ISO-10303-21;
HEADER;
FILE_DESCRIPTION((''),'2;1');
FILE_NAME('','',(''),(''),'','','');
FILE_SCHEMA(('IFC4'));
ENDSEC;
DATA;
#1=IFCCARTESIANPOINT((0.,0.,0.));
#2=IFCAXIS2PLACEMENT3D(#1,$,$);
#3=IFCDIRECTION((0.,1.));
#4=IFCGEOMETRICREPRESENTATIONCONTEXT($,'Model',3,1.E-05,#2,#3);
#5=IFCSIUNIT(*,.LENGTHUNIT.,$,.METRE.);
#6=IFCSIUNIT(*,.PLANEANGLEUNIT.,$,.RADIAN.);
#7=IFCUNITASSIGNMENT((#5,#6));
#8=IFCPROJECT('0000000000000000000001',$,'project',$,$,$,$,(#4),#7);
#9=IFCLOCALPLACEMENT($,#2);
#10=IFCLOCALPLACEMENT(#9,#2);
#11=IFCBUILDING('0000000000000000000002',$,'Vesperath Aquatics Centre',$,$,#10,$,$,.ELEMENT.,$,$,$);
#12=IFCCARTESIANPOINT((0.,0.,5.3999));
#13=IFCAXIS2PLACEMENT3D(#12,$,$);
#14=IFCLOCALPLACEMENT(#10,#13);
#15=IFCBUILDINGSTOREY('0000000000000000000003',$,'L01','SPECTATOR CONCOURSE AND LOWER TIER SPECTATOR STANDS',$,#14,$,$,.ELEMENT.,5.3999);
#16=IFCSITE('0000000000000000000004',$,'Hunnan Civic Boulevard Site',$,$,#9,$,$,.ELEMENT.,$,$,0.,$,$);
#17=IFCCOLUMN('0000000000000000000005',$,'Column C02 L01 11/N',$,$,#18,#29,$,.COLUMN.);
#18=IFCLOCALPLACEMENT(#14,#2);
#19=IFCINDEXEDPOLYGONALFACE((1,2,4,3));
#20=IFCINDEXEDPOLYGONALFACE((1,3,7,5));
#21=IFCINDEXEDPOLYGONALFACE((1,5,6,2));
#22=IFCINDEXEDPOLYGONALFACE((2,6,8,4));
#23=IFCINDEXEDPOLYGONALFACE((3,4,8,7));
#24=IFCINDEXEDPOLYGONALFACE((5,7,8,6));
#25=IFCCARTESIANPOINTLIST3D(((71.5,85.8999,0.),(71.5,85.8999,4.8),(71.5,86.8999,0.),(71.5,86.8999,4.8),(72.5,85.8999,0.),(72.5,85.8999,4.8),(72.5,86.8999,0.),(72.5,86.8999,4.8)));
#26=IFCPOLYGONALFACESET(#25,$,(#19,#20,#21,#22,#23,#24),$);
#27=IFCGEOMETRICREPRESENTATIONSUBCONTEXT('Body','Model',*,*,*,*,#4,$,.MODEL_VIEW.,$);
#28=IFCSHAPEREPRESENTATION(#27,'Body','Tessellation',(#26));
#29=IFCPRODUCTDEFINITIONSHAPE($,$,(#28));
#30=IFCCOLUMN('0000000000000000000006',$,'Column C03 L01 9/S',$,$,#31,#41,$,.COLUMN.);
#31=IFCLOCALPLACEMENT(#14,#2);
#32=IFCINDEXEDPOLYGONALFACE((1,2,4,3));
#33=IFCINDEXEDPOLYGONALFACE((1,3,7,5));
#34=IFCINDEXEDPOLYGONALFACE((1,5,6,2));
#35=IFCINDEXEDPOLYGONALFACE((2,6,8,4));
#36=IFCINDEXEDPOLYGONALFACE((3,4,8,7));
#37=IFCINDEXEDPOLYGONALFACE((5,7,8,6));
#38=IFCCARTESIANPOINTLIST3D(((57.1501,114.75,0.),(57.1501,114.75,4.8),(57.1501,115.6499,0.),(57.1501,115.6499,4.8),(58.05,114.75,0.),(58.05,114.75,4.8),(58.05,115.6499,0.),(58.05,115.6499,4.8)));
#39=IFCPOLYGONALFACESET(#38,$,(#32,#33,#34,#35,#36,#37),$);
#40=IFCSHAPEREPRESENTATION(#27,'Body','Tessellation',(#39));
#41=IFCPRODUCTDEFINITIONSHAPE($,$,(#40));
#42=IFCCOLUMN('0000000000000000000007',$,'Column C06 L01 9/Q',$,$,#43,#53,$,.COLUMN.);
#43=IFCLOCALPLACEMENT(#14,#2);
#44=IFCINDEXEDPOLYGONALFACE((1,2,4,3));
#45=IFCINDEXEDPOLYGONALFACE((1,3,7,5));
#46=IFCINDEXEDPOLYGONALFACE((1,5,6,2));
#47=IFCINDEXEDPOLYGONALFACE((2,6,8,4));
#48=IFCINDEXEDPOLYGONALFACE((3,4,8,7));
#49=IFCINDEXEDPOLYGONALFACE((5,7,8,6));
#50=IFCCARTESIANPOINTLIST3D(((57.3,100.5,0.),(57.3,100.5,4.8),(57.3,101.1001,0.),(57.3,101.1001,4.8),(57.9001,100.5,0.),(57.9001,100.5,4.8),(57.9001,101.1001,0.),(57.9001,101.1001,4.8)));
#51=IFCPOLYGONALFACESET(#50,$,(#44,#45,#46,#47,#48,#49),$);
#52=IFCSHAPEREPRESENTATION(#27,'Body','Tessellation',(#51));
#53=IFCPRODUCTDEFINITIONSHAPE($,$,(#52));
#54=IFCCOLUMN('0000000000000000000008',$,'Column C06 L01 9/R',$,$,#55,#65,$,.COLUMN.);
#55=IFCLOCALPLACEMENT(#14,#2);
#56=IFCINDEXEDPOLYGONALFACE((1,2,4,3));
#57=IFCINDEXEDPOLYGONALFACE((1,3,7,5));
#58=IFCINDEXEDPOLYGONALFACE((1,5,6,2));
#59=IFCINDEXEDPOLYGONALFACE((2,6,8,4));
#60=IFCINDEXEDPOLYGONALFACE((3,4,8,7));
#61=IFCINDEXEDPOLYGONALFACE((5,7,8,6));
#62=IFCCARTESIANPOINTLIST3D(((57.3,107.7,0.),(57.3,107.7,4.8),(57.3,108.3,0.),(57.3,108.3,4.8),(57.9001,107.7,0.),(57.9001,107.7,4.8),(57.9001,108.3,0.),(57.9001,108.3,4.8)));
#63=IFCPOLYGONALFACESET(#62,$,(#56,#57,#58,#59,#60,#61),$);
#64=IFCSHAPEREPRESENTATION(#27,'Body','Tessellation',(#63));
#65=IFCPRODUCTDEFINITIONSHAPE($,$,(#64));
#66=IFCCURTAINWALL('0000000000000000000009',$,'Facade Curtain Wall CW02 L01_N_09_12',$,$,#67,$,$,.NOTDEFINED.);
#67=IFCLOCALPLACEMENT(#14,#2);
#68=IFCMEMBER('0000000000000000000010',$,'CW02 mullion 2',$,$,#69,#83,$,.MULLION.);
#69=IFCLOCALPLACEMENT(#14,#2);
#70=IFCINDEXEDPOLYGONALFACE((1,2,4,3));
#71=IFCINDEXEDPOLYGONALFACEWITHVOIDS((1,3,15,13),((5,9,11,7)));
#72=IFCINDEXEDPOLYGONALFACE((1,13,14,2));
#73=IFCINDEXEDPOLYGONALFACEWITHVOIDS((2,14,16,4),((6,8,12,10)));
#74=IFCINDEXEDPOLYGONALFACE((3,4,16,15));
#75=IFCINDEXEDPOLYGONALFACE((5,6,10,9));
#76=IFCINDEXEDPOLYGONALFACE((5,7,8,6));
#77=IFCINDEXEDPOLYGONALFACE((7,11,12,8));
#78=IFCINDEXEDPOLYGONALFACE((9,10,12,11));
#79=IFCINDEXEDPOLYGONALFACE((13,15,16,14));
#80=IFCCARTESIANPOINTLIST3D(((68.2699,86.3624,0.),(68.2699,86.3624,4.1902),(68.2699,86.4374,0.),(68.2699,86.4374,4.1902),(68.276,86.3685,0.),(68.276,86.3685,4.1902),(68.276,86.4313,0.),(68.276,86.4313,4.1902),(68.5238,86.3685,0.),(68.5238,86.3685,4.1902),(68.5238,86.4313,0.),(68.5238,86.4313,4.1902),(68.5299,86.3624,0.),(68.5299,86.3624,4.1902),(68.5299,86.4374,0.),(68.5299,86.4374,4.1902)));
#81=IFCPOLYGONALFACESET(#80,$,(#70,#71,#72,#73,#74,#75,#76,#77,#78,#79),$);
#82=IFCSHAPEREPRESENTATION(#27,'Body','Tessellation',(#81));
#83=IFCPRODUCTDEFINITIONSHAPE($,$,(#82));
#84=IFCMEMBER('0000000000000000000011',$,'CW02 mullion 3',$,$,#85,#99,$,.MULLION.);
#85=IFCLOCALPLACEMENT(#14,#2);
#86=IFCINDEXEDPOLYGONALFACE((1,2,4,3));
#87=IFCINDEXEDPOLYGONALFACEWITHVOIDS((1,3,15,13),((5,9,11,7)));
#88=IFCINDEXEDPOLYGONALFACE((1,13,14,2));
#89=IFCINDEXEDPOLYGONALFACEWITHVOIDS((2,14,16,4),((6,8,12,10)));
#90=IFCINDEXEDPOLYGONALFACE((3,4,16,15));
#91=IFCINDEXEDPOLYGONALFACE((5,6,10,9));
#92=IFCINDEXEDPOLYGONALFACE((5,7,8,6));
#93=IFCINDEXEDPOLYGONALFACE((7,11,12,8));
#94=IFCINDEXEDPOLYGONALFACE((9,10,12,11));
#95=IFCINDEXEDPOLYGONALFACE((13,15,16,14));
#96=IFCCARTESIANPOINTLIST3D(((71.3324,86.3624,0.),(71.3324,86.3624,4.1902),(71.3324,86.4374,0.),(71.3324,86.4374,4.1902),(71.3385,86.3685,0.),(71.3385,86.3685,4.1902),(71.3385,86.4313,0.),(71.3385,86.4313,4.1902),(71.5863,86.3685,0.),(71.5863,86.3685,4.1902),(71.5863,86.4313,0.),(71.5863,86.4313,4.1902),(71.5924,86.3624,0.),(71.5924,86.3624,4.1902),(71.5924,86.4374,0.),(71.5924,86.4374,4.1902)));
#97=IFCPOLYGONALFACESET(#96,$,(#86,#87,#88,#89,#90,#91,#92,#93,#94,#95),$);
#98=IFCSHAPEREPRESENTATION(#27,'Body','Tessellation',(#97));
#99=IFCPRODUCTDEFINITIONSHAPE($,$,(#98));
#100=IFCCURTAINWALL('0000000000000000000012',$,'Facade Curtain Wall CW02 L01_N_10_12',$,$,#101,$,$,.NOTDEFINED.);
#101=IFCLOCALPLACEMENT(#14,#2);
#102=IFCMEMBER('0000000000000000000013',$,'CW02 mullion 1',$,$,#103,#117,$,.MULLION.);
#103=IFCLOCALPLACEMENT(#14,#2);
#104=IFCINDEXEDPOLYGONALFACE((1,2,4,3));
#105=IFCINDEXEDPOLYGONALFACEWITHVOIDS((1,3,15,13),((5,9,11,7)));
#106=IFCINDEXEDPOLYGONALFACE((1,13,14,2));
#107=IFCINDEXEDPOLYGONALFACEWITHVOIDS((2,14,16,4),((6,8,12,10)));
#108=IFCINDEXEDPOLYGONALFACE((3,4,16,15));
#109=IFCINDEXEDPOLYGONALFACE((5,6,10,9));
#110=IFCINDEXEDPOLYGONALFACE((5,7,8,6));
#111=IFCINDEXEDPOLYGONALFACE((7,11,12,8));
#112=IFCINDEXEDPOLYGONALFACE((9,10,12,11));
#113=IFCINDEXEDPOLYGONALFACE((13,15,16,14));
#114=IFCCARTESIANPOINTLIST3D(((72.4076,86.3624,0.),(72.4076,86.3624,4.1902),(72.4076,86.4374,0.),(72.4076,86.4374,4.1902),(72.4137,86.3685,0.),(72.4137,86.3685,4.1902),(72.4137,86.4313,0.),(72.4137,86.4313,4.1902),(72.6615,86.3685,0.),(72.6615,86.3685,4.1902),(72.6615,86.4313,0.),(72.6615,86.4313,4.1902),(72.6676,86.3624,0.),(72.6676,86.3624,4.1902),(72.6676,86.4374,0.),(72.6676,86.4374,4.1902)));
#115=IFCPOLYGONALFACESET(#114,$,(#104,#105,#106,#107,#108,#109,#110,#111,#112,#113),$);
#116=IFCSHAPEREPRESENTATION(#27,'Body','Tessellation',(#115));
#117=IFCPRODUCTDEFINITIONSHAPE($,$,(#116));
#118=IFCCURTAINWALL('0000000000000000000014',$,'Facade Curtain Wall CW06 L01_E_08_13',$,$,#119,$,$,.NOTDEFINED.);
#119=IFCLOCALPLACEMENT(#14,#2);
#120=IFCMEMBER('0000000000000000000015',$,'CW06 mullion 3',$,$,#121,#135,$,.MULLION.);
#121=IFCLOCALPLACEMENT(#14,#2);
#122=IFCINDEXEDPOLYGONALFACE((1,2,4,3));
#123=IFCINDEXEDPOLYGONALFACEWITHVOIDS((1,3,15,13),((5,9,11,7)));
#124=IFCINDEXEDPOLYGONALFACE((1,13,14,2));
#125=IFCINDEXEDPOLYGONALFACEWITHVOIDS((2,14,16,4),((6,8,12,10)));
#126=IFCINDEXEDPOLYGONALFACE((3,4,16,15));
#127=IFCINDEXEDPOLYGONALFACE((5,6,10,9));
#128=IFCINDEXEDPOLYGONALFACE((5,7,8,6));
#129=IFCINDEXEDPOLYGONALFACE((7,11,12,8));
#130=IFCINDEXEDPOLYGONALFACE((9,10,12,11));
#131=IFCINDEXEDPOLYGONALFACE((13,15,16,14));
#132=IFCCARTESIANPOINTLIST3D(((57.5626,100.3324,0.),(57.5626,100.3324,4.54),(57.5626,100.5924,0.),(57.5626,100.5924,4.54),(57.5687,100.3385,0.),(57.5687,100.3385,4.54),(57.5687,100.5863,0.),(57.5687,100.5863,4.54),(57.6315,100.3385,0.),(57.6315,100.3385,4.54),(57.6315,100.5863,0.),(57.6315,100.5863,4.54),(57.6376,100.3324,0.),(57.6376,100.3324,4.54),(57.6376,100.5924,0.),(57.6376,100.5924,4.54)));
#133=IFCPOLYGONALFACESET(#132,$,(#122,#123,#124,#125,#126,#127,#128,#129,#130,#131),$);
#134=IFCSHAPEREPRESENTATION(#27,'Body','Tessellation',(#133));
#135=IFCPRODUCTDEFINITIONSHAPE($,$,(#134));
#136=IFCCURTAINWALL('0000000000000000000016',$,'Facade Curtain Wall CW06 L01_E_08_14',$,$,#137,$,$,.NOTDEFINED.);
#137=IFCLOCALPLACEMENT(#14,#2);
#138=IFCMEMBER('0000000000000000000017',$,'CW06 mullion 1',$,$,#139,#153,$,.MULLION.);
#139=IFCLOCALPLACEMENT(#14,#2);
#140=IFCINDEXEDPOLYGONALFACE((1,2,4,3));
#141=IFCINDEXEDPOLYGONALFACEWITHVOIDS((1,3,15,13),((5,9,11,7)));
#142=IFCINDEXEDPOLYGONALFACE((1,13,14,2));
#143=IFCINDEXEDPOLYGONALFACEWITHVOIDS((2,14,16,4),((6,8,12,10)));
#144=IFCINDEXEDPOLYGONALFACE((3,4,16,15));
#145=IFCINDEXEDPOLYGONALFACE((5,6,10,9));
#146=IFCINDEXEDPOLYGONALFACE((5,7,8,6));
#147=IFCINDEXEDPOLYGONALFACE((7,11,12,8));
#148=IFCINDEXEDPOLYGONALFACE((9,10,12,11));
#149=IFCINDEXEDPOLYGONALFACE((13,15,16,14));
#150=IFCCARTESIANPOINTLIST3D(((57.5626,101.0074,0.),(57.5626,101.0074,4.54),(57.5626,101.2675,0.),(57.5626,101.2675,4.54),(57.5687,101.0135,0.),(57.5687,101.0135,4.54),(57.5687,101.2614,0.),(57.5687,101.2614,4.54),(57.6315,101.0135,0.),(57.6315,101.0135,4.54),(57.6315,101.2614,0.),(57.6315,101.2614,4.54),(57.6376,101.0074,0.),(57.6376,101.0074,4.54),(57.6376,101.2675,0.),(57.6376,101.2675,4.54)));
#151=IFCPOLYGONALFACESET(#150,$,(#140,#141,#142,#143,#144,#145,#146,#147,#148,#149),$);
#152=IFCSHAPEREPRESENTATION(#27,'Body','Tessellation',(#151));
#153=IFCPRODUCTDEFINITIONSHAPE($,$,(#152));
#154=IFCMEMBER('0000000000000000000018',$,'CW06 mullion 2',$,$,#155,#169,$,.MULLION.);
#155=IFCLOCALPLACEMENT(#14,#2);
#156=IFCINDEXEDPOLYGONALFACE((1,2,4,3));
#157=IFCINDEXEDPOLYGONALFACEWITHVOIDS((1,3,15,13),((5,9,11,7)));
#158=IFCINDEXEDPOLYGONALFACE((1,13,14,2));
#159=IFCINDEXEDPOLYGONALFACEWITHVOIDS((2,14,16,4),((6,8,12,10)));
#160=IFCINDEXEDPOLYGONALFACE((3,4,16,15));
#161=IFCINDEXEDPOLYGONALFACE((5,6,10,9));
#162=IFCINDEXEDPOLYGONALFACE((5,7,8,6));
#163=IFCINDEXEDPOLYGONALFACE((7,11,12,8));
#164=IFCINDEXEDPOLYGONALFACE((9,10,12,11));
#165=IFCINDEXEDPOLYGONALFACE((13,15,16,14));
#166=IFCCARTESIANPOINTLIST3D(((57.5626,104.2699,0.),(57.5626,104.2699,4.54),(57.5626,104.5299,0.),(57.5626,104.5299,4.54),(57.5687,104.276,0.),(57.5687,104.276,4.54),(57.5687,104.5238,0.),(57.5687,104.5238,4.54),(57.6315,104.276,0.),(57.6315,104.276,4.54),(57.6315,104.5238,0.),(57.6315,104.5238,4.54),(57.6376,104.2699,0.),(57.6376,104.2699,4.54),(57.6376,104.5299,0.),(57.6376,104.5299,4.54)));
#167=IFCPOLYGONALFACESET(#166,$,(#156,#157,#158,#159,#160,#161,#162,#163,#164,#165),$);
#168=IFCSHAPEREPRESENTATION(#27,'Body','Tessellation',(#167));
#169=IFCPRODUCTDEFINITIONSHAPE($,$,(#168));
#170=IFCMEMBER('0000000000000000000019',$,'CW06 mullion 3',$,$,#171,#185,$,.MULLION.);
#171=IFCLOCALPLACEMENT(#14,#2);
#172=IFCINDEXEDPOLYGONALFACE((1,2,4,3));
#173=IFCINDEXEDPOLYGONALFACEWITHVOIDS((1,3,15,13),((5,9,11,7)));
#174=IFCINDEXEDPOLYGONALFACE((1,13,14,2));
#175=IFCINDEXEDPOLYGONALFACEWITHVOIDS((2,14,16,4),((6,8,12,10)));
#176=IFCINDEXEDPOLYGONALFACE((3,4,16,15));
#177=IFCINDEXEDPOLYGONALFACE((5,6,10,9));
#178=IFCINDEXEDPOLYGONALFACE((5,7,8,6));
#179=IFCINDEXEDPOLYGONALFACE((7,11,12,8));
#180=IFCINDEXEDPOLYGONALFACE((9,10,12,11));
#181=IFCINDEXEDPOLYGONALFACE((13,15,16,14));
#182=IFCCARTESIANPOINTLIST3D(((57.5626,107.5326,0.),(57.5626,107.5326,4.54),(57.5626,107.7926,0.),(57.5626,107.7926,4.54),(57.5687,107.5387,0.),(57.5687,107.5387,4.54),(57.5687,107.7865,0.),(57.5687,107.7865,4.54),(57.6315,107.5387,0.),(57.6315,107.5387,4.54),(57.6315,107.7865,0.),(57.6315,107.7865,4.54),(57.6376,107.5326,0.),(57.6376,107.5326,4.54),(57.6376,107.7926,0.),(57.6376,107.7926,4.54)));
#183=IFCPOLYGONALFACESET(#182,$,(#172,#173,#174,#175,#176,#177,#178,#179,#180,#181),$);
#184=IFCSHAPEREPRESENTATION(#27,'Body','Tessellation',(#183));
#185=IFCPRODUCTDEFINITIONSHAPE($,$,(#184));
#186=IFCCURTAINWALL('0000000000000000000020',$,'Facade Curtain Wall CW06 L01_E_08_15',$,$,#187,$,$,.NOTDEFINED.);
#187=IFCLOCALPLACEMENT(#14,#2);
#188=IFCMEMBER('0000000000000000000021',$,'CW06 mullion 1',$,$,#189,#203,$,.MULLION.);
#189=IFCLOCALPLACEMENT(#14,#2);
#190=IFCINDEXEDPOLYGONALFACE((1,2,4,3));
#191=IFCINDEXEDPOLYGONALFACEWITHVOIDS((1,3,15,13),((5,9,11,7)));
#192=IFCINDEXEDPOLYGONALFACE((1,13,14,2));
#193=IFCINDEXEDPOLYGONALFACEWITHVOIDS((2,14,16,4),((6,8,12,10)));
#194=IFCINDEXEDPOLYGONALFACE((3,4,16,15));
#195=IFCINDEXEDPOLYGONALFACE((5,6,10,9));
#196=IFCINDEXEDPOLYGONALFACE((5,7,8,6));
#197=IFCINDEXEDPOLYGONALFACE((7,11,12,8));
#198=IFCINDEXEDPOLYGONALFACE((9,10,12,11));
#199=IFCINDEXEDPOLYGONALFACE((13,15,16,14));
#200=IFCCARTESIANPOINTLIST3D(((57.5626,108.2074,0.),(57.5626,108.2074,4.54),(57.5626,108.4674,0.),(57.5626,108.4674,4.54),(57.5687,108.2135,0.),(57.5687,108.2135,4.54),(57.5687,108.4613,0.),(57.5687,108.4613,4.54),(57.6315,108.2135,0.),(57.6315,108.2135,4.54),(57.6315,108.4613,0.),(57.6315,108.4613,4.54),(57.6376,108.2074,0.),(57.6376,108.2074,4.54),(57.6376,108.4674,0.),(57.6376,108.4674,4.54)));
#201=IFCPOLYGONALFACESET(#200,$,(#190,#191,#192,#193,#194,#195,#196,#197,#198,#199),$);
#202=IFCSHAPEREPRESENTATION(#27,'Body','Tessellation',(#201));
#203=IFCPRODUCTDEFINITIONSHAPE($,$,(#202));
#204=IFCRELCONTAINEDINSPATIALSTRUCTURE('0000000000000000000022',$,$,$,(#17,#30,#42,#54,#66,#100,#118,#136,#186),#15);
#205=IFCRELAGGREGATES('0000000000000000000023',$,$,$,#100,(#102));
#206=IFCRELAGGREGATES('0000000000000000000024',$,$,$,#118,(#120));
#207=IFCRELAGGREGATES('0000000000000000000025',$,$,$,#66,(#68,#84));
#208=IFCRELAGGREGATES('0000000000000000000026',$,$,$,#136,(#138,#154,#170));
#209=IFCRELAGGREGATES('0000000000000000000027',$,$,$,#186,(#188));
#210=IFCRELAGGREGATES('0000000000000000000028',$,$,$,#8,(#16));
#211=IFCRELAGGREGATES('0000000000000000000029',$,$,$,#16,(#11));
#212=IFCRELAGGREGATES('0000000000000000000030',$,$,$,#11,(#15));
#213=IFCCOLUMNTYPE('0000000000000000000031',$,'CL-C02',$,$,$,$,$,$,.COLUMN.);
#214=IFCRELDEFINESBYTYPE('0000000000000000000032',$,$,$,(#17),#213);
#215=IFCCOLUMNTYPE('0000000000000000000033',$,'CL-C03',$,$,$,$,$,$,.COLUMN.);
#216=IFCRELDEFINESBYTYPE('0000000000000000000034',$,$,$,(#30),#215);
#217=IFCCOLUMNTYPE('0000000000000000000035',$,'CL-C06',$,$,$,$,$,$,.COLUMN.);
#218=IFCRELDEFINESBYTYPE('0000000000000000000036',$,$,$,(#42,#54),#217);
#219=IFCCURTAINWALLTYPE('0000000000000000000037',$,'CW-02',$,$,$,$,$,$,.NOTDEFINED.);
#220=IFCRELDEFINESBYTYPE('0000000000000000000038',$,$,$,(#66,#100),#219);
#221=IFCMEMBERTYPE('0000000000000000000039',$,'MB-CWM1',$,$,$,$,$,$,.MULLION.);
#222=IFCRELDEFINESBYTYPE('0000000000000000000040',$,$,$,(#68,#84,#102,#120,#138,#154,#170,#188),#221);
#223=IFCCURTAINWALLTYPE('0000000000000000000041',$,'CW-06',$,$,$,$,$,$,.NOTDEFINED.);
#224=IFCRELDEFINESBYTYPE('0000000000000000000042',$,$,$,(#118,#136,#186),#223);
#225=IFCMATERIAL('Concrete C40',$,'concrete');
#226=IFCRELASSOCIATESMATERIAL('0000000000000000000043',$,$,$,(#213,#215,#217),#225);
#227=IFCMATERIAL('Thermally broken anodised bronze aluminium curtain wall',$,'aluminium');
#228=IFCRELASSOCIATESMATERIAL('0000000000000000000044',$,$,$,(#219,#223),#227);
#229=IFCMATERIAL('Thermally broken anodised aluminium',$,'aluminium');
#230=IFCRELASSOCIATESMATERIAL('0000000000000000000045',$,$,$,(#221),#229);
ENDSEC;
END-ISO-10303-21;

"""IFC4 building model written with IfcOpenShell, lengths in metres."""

from ifc_helpers import new_model, si_unit, direction, frame, origin, origin_2d, place, context, subcontext, project, spatial, rectangle, hollow_rectangle, extrude, material, material_profile, profile_set, type_object, element, aggregate, save


model = new_model("IFC4")

# Units and contexts
model_context = context("Model", 3, precision=1e-05, world=origin(), true_north=direction((0.0, 1.0)))
body_context = subcontext(model_context, "Body", "Model", "MODEL_VIEW")
ifc_project = project(units=[si_unit("LENGTHUNIT", "METRE"), si_unit("PLANEANGLEUNIT", "RADIAN")], contexts=[model_context])

# Site, building, storey
site_placement = place(None, origin())
site = spatial("IfcSite", under=ifc_project, at=site_placement, Name="Hunnan Civic Boulevard Site", CompositionType="ELEMENT", RefElevation=0.0)
building_placement = place(site_placement, origin())
building = spatial("IfcBuilding", under=site, at=building_placement, Name="Vesperath Aquatics Centre", CompositionType="ELEMENT")
storey_placement = place(building_placement, frame((0.0, 0.0, 5.3999)))
storey = spatial("IfcBuildingStorey", under=building, at=storey_placement, Name="L01", Description="SPECTATOR CONCOURSE AND LOWER TIER SPECTATOR STANDS", CompositionType="ELEMENT", Elevation=5.3999)

# Columns
ifc_material_1 = material(Name="Concrete C40", Category="concrete")
ifc_material_profile_1 = material_profile(ifc_material_1, rectangle(XDim=1.0, YDim=1.0, at=origin_2d()), Name="RC 1000x1000")
ifc_profile_set_1 = profile_set([ifc_material_profile_1], Name="Concrete C40")
column_type_1 = type_object("IfcColumnType", Name="CL-C02", PredefinedType="COLUMN", material=ifc_profile_set_1)
column_1_placement = place(storey_placement, frame((72.0, 86.3999, 0.0), z_axis=(0.0, 0.0, 1.0), x_axis=(1.0, 0.0, 0.0)))
element("IfcColumn", 1, at=column_1_placement, inside=storey, type_object=column_type_1, Name="Column C02 L01 11/N", PredefinedType="COLUMN", context=body_context, shape_type="SweptSolid", body=[
    extrude(rectangle(XDim=1.0, YDim=1.0, at=origin_2d()), origin(), (0.0, 0.0, 1.0), 4.8),
])
ifc_material_profile_2 = material_profile(ifc_material_1, rectangle(XDim=0.8999, YDim=0.8999, at=origin_2d()), Name="RC 900x900")
ifc_profile_set_2 = profile_set([ifc_material_profile_2], Name="Concrete C40")
column_type_2 = type_object("IfcColumnType", Name="CL-C03", PredefinedType="COLUMN", material=ifc_profile_set_2)
column_2_placement = place(storey_placement, frame((57.6001, 115.2, 0.0), z_axis=(0.0, 0.0, 1.0), x_axis=(1.0, 0.0, 0.0)))
element("IfcColumn", 2, at=column_2_placement, inside=storey, type_object=column_type_2, Name="Column C03 L01 9/S", PredefinedType="COLUMN", context=body_context, shape_type="SweptSolid", body=[
    extrude(rectangle(XDim=0.8999, YDim=0.8999, at=origin_2d()), origin(), (0.0, 0.0, 1.0), 4.8),
])
ifc_material_profile_3 = material_profile(ifc_material_1, rectangle(XDim=0.6001, YDim=0.6001, at=origin_2d()), Name="RC 600x600")
ifc_profile_set_3 = profile_set([ifc_material_profile_3], Name="Concrete C40")
column_type_3 = type_object("IfcColumnType", Name="CL-C06", PredefinedType="COLUMN", material=ifc_profile_set_3)
for number, where, z_axis, x_axis, name in (
    (3, (57.6001, 100.8, 0.0), (0.0, 0.0, 1.0), (1.0, 0.0, 0.0), "Column C06 L01 9/Q"),
    (4, (57.6001, 108.0, 0.0), (0.0, 0.0, 1.0), (1.0, 0.0, 0.0), "Column C06 L01 9/R"),
):
    element("IfcColumn", number, at=place(storey_placement, frame(where, z_axis=z_axis, x_axis=x_axis)), inside=storey, type_object=column_type_3, Name=name, PredefinedType="COLUMN", context=body_context, shape_type="SweptSolid", body=[
        extrude(rectangle(XDim=0.6001, YDim=0.6001, at=origin_2d()), origin(), (0.0, 0.0, 1.0), 4.8),
    ])

# Curtain wall, members
ifc_material_2 = material(Name="Thermally broken anodised bronze aluminium curtain wall", Category="aluminium")
curtain_wall_type_1 = type_object("IfcCurtainWallType", Name="CW-02", PredefinedType="NOTDEFINED", material=ifc_material_2)
curtain_wall_1_placement = place(storey_placement, origin())
curtain_wall_1 = element("IfcCurtainWall", 5, at=curtain_wall_1_placement, inside=storey, type_object=curtain_wall_type_1, Name="Facade Curtain Wall CW02 L01_N_09_12", PredefinedType="NOTDEFINED")
ifc_material_3 = material(Name="Thermally broken anodised aluminium", Category="aluminium")
ifc_material_profile_4 = material_profile(ifc_material_3, hollow_rectangle(XDim=0.075, YDim=0.26, WallThickness=0.0061, at=origin_2d()), Name="CWM 75x260x6")
ifc_profile_set_4 = profile_set([ifc_material_profile_4], Name="Thermally broken anodised aluminium")
member_type_1 = type_object("IfcMemberType", Name="MB-CWM1", PredefinedType="MULLION", material=ifc_profile_set_4)
member_1_placement = place(storey_placement, frame((68.3999, 86.3999, 0.0), z_axis=(0.0, 0.0, 1.0), x_axis=(0.0, 1.0, 0.0)))
member_1 = element("IfcMember", 6, at=member_1_placement, type_object=member_type_1, Name="CW02 mullion 2", PredefinedType="MULLION", context=body_context, shape_type="SweptSolid", body=[
    extrude(hollow_rectangle(XDim=0.075, YDim=0.26, WallThickness=0.0061, at=origin_2d()), origin(), (0.0, 0.0, 1.0), 4.1902),
])
member_2_placement = place(storey_placement, frame((71.4624, 86.3999, 0.0), z_axis=(0.0, 0.0, 1.0), x_axis=(0.0, 1.0, 0.0)))
member_2 = element("IfcMember", 7, at=member_2_placement, type_object=member_type_1, Name="CW02 mullion 3", PredefinedType="MULLION", context=body_context, shape_type="SweptSolid", body=[
    extrude(hollow_rectangle(XDim=0.075, YDim=0.26, WallThickness=0.0061, at=origin_2d()), origin(), (0.0, 0.0, 1.0), 4.1902),
])

# Curtain walls, members
curtain_wall_2_placement = place(storey_placement, origin())
curtain_wall_2 = element("IfcCurtainWall", 8, at=curtain_wall_2_placement, inside=storey, type_object=curtain_wall_type_1, Name="Facade Curtain Wall CW02 L01_N_10_12", PredefinedType="NOTDEFINED")
member_3_placement = place(storey_placement, frame((72.5376, 86.3999, 0.0), z_axis=(0.0, 0.0, 1.0), x_axis=(0.0, 1.0, 0.0)))
member_3 = element("IfcMember", 9, at=member_3_placement, type_object=member_type_1, Name="CW02 mullion 1", PredefinedType="MULLION", context=body_context, shape_type="SweptSolid", body=[
    extrude(hollow_rectangle(XDim=0.075, YDim=0.26, WallThickness=0.0061, at=origin_2d()), origin(), (0.0, 0.0, 1.0), 4.1902),
])
aggregate(curtain_wall_2, [member_3])
curtain_wall_type_2 = type_object("IfcCurtainWallType", Name="CW-06", PredefinedType="NOTDEFINED", material=ifc_material_2)
curtain_wall_3_placement = place(storey_placement, origin())
curtain_wall_3 = element("IfcCurtainWall", 10, at=curtain_wall_3_placement, inside=storey, type_object=curtain_wall_type_2, Name="Facade Curtain Wall CW06 L01_E_08_13", PredefinedType="NOTDEFINED")
member_4_placement = place(storey_placement, frame((57.6001, 100.4624, 0.0), z_axis=(0.0, 0.0, 1.0), x_axis=(-1.0, 0.0, 0.0)))
member_4 = element("IfcMember", 11, at=member_4_placement, type_object=member_type_1, Name="CW06 mullion 3", PredefinedType="MULLION", context=body_context, shape_type="SweptSolid", body=[
    extrude(hollow_rectangle(XDim=0.075, YDim=0.26, WallThickness=0.0061, at=origin_2d()), origin(), (0.0, 0.0, 1.0), 4.54),
])
aggregate(curtain_wall_3, [member_4])

# Curtain walls, members
curtain_wall_4_placement = place(storey_placement, origin())
curtain_wall_4 = element("IfcCurtainWall", 12, at=curtain_wall_4_placement, inside=storey, type_object=curtain_wall_type_2, Name="Facade Curtain Wall CW06 L01_E_08_14", PredefinedType="NOTDEFINED")
member_5_placement = place(storey_placement, frame((57.6001, 101.1375, 0.0), z_axis=(0.0, 0.0, 1.0), x_axis=(-1.0, 0.0, 0.0)))
member_5 = element("IfcMember", 13, at=member_5_placement, type_object=member_type_1, Name="CW06 mullion 1", PredefinedType="MULLION", context=body_context, shape_type="SweptSolid", body=[
    extrude(hollow_rectangle(XDim=0.075, YDim=0.26, WallThickness=0.0061, at=origin_2d()), origin(), (0.0, 0.0, 1.0), 4.54),
])
member_6_placement = place(storey_placement, frame((57.6001, 104.3999, 0.0), z_axis=(0.0, 0.0, 1.0), x_axis=(-1.0, 0.0, 0.0)))
member_6 = element("IfcMember", 14, at=member_6_placement, type_object=member_type_1, Name="CW06 mullion 2", PredefinedType="MULLION", context=body_context, shape_type="SweptSolid", body=[
    extrude(hollow_rectangle(XDim=0.075, YDim=0.26, WallThickness=0.0061, at=origin_2d()), origin(), (0.0, 0.0, 1.0), 4.54),
])
member_7_placement = place(storey_placement, frame((57.6001, 107.6626, 0.0), z_axis=(0.0, 0.0, 1.0), x_axis=(-1.0, 0.0, 0.0)))
member_7 = element("IfcMember", 15, at=member_7_placement, type_object=member_type_1, Name="CW06 mullion 3", PredefinedType="MULLION", context=body_context, shape_type="SweptSolid", body=[
    extrude(hollow_rectangle(XDim=0.075, YDim=0.26, WallThickness=0.0061, at=origin_2d()), origin(), (0.0, 0.0, 1.0), 4.54),
])
curtain_wall_5_placement = place(storey_placement, origin())
curtain_wall_5 = element("IfcCurtainWall", 16, at=curtain_wall_5_placement, inside=storey, type_object=curtain_wall_type_2, Name="Facade Curtain Wall CW06 L01_E_08_15", PredefinedType="NOTDEFINED")
member_8_placement = place(storey_placement, frame((57.6001, 108.3374, 0.0), z_axis=(0.0, 0.0, 1.0), x_axis=(-1.0, 0.0, 0.0)))
member_8 = element("IfcMember", 17, at=member_8_placement, type_object=member_type_1, Name="CW06 mullion 1", PredefinedType="MULLION", context=body_context, shape_type="SweptSolid", body=[
    extrude(hollow_rectangle(XDim=0.075, YDim=0.26, WallThickness=0.0061, at=origin_2d()), origin(), (0.0, 0.0, 1.0), 4.54),
])

aggregate(curtain_wall_1, [member_1, member_2])
aggregate(curtain_wall_4, [member_5, member_6, member_7])
aggregate(curtain_wall_5, [member_8])

save(model, "model.ifc")
